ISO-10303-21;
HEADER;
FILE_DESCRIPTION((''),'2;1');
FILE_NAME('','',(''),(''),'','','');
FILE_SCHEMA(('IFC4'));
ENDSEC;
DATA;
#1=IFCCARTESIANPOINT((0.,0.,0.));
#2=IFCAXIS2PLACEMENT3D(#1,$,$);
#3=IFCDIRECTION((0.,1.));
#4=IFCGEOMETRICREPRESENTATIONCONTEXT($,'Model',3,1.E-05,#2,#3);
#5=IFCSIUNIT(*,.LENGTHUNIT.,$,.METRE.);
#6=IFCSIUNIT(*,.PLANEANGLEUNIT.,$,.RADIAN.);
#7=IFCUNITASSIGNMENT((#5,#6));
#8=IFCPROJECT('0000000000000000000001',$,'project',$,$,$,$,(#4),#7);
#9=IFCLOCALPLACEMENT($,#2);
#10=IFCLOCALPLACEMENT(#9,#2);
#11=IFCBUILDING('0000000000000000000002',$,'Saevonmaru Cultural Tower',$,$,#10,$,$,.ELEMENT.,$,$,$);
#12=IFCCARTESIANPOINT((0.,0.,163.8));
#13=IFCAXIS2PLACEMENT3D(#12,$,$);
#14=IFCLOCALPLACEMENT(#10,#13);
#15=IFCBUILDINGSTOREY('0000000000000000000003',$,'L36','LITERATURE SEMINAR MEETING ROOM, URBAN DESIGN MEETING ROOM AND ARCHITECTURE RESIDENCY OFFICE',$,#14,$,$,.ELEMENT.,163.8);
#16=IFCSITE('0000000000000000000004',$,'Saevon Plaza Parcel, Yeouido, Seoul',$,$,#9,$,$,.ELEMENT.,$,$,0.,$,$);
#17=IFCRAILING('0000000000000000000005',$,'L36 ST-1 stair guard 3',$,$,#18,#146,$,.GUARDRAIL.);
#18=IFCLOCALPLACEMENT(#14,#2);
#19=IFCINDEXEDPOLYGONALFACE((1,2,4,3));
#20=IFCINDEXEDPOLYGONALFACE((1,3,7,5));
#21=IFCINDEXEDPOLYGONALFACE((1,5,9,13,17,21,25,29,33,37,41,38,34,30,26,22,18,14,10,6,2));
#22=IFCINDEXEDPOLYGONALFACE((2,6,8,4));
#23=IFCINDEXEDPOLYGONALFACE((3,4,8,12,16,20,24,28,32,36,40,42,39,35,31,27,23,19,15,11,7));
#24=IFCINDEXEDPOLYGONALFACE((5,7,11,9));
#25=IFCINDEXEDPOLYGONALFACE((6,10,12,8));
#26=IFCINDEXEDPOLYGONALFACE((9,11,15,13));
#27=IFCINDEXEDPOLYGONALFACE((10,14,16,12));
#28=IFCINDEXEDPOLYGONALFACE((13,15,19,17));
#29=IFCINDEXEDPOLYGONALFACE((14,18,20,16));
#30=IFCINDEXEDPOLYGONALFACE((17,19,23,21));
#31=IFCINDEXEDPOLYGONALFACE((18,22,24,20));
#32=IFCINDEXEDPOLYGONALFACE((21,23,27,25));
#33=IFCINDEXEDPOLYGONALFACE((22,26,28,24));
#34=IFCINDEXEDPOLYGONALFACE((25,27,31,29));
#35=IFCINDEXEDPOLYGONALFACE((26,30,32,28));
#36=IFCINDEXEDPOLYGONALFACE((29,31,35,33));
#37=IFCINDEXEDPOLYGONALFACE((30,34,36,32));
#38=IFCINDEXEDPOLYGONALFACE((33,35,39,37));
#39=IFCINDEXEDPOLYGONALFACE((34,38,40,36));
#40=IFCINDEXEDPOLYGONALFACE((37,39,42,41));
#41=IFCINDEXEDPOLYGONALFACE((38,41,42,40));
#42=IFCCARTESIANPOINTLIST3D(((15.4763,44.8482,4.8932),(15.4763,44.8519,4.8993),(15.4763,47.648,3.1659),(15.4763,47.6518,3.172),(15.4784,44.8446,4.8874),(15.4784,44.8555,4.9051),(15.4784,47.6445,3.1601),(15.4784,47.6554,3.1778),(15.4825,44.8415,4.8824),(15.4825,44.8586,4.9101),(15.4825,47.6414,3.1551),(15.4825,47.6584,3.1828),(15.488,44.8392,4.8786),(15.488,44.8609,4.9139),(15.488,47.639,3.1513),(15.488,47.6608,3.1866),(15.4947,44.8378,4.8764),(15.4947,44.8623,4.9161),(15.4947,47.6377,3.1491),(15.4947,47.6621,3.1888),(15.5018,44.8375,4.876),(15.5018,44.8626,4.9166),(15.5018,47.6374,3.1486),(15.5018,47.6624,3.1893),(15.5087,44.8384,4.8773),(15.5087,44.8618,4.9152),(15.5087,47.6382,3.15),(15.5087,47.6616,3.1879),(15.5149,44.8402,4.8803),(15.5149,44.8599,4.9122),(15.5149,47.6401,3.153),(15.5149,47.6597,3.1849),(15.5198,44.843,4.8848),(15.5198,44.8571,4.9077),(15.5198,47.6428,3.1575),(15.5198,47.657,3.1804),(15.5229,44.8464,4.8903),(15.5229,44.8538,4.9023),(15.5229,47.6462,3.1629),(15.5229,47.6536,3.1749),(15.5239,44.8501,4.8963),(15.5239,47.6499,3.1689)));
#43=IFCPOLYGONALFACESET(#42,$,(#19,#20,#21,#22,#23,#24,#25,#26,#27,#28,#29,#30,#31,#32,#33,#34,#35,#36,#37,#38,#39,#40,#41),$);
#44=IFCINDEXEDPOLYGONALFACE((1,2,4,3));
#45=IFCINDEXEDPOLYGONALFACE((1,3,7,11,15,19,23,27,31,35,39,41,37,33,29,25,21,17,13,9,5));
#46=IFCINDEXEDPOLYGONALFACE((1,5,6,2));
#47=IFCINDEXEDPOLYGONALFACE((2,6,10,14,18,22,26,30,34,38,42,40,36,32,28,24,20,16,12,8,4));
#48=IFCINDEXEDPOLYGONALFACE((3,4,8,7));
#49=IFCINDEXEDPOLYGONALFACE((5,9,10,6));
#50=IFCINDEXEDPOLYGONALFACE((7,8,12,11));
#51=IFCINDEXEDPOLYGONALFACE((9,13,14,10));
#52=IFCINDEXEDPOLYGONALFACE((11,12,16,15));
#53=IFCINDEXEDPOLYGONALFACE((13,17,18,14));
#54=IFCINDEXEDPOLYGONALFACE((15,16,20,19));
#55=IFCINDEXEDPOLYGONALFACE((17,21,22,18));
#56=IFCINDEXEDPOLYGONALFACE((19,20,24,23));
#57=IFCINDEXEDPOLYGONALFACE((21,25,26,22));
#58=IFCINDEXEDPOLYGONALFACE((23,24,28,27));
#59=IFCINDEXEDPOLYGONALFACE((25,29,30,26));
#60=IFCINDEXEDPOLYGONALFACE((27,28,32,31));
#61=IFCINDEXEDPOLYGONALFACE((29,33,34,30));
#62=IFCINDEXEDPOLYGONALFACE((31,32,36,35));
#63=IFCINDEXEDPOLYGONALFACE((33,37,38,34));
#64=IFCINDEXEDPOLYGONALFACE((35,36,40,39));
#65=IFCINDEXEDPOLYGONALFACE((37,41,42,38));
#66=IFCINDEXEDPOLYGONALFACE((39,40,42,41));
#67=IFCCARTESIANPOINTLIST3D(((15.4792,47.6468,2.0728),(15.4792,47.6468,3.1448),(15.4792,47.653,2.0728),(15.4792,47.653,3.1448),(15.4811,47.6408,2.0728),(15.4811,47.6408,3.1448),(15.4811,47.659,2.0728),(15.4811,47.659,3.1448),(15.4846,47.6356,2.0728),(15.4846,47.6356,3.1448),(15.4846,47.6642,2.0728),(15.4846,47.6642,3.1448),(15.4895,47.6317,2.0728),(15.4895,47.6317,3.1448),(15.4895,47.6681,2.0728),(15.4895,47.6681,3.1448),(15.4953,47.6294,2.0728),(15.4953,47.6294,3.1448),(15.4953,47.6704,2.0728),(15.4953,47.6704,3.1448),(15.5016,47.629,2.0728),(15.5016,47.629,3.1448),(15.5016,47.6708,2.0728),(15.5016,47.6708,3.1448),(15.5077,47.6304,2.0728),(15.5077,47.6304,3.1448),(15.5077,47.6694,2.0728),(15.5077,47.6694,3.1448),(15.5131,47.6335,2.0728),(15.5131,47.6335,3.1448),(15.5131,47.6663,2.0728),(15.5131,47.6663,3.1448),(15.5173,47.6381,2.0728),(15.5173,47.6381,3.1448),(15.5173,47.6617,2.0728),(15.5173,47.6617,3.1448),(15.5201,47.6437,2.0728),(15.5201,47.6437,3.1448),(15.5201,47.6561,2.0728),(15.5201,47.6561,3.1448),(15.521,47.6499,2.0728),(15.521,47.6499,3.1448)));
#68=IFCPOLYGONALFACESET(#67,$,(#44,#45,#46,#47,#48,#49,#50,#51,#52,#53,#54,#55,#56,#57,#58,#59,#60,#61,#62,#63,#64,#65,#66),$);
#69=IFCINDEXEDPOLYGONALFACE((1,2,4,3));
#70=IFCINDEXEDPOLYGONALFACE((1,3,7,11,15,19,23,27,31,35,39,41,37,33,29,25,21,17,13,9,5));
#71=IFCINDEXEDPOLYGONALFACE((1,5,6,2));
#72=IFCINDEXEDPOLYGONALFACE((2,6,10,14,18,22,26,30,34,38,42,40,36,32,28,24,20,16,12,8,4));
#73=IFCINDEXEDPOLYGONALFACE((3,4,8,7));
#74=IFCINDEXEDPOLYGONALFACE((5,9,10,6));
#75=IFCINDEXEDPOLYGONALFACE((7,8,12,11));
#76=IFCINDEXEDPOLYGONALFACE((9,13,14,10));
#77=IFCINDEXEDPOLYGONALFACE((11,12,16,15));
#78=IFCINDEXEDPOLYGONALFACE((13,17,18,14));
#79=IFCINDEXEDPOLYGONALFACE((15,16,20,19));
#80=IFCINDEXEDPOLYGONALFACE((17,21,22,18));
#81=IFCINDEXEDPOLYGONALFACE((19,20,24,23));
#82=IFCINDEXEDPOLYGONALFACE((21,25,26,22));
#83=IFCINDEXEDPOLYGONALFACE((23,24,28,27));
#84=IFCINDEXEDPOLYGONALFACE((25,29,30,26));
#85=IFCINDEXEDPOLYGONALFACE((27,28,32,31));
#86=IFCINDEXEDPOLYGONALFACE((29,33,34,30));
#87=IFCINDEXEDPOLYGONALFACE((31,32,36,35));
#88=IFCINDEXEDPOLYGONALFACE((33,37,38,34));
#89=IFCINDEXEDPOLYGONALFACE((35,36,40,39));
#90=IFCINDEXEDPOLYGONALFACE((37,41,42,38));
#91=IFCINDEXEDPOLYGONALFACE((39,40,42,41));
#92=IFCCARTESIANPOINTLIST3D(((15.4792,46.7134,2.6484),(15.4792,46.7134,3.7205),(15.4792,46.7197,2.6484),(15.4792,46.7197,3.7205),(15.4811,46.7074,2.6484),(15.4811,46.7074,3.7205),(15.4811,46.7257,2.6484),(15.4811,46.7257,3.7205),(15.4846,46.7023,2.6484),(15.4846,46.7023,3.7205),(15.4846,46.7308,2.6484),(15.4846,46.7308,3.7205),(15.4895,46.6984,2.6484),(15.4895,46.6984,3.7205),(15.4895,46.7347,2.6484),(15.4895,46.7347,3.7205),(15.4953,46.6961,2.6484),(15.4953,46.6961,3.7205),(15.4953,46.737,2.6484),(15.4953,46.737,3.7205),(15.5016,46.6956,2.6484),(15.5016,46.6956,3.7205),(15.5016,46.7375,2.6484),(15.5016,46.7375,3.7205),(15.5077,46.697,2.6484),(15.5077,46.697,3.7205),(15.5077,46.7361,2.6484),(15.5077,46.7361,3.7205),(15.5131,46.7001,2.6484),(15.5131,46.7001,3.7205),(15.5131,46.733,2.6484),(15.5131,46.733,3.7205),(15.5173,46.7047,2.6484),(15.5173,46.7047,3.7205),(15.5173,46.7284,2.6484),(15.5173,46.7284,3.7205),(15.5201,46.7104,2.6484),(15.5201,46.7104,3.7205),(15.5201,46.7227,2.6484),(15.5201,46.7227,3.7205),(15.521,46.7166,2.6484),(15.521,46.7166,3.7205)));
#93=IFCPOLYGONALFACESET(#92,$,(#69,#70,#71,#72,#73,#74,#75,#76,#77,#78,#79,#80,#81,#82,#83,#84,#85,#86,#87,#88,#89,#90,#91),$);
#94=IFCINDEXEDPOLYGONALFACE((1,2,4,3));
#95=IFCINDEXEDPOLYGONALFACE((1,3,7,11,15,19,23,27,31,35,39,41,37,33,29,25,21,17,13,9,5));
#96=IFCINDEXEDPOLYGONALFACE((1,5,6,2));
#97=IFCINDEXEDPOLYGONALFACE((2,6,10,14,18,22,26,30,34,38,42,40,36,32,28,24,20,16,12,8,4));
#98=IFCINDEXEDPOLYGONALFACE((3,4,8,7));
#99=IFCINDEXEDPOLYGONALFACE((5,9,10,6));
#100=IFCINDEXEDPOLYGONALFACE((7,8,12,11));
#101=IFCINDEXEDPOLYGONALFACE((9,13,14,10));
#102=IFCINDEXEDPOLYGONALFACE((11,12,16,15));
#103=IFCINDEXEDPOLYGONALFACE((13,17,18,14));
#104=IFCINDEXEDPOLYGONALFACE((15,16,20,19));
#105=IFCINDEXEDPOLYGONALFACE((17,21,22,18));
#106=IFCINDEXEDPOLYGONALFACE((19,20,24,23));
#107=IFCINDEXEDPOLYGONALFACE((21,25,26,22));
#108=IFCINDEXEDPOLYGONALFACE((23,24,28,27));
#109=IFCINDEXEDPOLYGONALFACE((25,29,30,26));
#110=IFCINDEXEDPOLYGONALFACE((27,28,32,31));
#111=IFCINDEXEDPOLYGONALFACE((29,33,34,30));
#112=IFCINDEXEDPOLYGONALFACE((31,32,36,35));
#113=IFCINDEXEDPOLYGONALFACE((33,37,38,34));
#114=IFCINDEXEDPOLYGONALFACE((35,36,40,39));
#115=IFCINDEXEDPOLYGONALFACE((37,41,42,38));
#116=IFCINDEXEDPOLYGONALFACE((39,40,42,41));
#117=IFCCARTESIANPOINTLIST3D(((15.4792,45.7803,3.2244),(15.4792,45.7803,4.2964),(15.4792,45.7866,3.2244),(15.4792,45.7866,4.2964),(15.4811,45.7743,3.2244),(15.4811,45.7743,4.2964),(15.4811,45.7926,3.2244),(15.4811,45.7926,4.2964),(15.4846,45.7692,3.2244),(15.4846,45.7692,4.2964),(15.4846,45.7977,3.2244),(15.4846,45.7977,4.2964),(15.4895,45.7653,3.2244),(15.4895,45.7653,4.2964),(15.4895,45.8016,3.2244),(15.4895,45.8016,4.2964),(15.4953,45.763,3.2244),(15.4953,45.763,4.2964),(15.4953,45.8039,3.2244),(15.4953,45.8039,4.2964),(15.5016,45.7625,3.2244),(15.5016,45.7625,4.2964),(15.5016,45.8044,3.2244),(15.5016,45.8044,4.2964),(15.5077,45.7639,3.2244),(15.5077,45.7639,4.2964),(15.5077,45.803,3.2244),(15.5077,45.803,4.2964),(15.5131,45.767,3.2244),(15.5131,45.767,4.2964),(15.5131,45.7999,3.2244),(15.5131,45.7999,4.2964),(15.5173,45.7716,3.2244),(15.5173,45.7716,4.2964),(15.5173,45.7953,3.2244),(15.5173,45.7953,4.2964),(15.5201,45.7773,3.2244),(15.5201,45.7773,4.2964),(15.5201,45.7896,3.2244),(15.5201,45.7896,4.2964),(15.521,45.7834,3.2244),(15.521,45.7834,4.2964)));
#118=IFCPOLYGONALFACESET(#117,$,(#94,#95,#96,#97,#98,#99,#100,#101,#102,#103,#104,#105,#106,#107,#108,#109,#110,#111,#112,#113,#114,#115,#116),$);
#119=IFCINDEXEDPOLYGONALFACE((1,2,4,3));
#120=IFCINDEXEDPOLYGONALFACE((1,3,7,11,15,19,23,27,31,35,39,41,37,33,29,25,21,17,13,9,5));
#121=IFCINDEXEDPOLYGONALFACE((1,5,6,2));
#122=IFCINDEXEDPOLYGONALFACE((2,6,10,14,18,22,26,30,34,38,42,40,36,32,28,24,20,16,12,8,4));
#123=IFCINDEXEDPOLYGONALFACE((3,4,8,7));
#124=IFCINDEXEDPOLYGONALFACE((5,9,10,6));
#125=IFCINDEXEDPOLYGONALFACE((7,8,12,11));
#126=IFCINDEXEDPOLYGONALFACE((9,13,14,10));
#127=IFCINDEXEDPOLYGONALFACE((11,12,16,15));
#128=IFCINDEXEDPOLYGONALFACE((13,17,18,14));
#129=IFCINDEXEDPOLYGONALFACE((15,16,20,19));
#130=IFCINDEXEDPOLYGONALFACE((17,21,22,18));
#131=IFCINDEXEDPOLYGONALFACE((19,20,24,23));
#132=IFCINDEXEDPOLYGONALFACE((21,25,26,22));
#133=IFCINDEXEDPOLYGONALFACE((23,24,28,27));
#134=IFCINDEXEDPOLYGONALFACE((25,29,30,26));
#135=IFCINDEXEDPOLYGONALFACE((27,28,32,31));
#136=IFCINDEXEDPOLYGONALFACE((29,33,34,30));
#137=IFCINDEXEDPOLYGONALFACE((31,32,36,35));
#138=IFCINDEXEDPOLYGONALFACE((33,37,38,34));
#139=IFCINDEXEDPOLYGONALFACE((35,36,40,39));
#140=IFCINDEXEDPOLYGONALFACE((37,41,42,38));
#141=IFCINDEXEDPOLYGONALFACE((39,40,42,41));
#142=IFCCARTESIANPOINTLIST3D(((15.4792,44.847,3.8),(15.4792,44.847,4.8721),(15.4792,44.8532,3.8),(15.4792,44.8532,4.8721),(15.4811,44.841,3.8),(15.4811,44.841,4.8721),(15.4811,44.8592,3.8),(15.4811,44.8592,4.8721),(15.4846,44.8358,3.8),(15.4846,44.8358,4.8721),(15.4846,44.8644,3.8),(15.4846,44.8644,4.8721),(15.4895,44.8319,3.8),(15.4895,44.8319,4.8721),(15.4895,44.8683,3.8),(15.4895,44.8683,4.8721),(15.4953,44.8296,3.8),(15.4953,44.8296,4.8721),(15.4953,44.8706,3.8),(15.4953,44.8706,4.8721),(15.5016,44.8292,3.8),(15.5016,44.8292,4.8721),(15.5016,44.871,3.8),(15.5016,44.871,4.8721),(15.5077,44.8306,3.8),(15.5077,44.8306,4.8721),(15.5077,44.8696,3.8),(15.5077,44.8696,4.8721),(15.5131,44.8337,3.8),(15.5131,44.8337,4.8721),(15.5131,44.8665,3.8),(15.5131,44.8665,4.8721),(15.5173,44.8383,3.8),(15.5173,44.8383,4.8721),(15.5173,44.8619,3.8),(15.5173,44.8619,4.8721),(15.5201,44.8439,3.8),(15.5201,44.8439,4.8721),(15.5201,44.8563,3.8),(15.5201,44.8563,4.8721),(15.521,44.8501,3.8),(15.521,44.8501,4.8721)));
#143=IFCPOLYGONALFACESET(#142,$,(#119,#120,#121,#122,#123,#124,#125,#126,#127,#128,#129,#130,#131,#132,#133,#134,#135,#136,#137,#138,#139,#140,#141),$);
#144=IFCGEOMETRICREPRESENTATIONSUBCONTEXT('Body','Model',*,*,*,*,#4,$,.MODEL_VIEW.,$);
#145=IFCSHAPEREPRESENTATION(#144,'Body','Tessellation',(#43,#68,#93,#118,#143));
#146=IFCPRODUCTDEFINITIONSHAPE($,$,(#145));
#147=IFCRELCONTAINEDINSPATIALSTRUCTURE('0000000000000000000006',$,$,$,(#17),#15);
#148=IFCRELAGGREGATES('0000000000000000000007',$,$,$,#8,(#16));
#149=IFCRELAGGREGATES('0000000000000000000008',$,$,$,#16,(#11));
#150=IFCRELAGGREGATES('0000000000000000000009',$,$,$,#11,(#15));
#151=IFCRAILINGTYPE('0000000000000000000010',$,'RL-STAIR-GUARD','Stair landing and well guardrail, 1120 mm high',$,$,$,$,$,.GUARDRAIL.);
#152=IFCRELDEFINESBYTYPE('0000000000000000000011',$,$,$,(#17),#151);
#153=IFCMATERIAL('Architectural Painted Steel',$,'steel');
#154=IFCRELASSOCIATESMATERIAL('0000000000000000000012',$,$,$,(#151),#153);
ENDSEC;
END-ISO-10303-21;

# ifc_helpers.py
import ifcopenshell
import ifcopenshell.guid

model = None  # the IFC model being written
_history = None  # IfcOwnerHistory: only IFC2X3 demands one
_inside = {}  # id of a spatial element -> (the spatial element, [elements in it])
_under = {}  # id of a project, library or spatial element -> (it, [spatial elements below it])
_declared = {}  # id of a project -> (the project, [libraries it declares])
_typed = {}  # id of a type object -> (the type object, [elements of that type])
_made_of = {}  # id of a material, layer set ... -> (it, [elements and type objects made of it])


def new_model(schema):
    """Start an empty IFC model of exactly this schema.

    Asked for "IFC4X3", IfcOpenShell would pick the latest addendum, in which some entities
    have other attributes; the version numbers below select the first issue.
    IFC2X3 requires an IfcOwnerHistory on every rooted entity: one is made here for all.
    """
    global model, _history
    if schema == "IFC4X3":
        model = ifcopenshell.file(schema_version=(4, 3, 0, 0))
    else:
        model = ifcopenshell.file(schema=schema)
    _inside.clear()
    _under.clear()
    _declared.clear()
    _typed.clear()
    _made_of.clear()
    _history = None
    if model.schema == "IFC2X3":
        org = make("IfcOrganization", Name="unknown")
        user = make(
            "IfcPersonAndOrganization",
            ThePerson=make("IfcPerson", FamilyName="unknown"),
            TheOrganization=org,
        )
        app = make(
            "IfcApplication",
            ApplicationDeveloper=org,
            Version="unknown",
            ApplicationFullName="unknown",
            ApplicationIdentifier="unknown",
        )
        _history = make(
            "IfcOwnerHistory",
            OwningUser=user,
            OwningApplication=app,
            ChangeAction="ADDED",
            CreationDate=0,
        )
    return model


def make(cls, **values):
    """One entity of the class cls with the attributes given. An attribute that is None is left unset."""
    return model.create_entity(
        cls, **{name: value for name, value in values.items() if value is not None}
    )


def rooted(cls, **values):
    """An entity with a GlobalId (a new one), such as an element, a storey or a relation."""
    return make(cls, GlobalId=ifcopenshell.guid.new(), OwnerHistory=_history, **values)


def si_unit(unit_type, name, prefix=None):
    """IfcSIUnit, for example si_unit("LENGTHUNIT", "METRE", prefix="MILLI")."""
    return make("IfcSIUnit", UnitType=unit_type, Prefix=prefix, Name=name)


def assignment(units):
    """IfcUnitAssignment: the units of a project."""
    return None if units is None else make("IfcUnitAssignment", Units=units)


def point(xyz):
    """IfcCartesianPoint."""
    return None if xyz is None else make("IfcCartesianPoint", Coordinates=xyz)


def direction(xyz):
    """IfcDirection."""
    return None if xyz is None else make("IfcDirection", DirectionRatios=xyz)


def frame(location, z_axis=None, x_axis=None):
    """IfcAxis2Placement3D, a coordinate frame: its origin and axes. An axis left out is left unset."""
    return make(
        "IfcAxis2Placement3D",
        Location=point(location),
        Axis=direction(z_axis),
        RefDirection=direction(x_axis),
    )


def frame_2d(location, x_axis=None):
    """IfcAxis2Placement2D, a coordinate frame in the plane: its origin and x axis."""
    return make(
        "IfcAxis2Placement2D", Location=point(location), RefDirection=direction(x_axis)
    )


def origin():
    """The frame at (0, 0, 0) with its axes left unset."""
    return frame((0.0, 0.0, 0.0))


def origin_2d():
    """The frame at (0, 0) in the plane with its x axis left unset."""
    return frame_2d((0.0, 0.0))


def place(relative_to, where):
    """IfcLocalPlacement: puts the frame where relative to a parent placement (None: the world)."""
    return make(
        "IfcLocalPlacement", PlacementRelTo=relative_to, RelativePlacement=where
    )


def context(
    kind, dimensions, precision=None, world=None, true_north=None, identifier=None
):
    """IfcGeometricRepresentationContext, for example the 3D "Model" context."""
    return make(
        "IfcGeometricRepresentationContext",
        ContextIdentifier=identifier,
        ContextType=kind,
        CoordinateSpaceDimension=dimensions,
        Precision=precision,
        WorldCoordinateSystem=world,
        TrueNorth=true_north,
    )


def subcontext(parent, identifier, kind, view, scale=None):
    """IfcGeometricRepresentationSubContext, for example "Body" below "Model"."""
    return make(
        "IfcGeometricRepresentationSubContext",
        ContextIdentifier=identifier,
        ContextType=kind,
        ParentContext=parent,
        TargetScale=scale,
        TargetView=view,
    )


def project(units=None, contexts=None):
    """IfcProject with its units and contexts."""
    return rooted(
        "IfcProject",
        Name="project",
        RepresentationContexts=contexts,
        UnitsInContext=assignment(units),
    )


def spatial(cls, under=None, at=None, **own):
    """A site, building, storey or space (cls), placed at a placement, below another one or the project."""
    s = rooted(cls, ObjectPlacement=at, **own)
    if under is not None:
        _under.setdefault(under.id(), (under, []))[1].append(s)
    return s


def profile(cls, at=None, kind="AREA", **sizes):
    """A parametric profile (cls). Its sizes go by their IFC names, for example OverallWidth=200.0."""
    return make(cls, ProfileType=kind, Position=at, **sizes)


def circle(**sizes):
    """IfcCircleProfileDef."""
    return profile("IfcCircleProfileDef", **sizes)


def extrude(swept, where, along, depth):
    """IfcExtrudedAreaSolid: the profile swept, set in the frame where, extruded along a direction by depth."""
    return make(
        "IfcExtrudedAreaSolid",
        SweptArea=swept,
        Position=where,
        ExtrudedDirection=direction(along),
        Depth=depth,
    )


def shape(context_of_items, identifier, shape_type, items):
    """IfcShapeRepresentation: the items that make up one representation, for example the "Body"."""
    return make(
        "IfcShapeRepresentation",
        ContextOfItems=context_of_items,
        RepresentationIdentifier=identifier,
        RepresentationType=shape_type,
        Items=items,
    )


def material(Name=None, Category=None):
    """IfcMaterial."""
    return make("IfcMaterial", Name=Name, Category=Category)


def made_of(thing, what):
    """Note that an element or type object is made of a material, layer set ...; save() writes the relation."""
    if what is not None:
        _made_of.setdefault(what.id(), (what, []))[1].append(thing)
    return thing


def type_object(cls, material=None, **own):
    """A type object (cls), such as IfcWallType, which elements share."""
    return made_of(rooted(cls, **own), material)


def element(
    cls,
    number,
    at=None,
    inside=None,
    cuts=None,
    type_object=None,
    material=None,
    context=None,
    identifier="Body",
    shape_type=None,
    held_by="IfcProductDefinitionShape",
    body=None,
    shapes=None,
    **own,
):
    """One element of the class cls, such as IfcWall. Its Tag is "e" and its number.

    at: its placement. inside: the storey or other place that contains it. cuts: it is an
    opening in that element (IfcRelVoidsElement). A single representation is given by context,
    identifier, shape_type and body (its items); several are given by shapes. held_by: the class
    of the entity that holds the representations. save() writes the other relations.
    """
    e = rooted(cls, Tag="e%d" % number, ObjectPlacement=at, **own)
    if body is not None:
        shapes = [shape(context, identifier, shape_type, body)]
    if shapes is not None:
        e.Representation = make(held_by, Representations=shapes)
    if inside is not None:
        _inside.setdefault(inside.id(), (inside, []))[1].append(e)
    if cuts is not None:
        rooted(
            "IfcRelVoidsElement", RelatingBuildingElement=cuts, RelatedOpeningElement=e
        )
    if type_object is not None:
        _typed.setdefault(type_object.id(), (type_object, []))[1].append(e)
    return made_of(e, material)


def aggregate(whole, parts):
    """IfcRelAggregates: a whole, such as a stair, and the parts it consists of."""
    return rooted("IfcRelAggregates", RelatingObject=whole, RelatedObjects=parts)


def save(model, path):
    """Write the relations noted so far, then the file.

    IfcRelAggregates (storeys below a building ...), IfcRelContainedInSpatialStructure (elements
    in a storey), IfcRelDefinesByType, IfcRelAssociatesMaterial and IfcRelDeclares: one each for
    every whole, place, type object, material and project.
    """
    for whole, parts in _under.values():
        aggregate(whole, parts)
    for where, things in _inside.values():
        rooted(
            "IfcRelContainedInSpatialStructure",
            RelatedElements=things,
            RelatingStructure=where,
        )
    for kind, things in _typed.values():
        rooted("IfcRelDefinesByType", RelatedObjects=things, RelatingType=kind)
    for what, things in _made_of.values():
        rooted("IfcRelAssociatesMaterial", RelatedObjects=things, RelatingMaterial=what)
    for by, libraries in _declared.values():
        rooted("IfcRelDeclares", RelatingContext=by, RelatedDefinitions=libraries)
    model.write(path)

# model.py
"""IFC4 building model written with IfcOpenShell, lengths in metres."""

from ifc_helpers import new_model, si_unit, direction, frame, origin, origin_2d, place, context, subcontext, project, spatial, circle, extrude, material, type_object, element, save


model = new_model("IFC4")

# Units and contexts
model_context = context("Model", 3, precision=1e-05, world=origin(), true_north=direction((0.0, 1.0)))
body_context = subcontext(model_context, "Body", "Model", "MODEL_VIEW")
ifc_project = project(units=[si_unit("LENGTHUNIT", "METRE"), si_unit("PLANEANGLEUNIT", "RADIAN")], contexts=[model_context])

# Site, building, storey
site_placement = place(None, origin())
site = spatial("IfcSite", under=ifc_project, at=site_placement, Name="Saevon Plaza Parcel, Yeouido, Seoul", CompositionType="ELEMENT", RefElevation=0.0)
building_placement = place(site_placement, origin())
building = spatial("IfcBuilding", under=site, at=building_placement, Name="Saevonmaru Cultural Tower", CompositionType="ELEMENT")
storey_placement = place(building_placement, frame((0.0, 0.0, 163.8)))
storey = spatial("IfcBuildingStorey", under=building, at=storey_placement, Name="L36", Description="LITERATURE SEMINAR MEETING ROOM, URBAN DESIGN MEETING ROOM AND ARCHITECTURE RESIDENCY OFFICE", CompositionType="ELEMENT", Elevation=163.8)

# Railing
ifc_material_1 = material(Name="Architectural Painted Steel", Category="steel")
railing_type_1 = type_object("IfcRailingType", Name="RL-STAIR-GUARD", Description="Stair landing and well guardrail, 1120 mm high", PredefinedType="GUARDRAIL", material=ifc_material_1)
railing_1_placement = place(storey_placement, frame((15.5, 47.6499, 2.0728)))
element("IfcRailing", 1, at=railing_1_placement, inside=storey, type_object=railing_type_1, Name="L36 ST-1 stair guard 3", PredefinedType="GUARDRAIL", context=body_context, shape_type="SweptSolid", body=[
    extrude(circle(Radius=0.0239, at=origin_2d()), frame((0.0, 0.0, 1.0962), z_axis=(0.0, -0.851069, 0.525054), x_axis=(1.0, 0.0, 0.0)), (0.0, 0.0, 1.0), 3.2898),
    extrude(circle(Radius=0.021, at=origin_2d()), origin(), (0.0, 0.0, 1.0), 1.072),
    extrude(circle(Radius=0.021, at=origin_2d()), frame((0.0, -0.9333, 0.5757)), (0.0, 0.0, 1.0), 1.072),
    extrude(circle(Radius=0.021, at=origin_2d()), frame((0.0, -1.8665, 1.1516)), (0.0, 0.0, 1.0), 1.072),
    extrude(circle(Radius=0.021, at=origin_2d()), frame((0.0, -2.7998, 1.7273)), (0.0, 0.0, 1.0), 1.072),
])

save(model, "model.ifc")
